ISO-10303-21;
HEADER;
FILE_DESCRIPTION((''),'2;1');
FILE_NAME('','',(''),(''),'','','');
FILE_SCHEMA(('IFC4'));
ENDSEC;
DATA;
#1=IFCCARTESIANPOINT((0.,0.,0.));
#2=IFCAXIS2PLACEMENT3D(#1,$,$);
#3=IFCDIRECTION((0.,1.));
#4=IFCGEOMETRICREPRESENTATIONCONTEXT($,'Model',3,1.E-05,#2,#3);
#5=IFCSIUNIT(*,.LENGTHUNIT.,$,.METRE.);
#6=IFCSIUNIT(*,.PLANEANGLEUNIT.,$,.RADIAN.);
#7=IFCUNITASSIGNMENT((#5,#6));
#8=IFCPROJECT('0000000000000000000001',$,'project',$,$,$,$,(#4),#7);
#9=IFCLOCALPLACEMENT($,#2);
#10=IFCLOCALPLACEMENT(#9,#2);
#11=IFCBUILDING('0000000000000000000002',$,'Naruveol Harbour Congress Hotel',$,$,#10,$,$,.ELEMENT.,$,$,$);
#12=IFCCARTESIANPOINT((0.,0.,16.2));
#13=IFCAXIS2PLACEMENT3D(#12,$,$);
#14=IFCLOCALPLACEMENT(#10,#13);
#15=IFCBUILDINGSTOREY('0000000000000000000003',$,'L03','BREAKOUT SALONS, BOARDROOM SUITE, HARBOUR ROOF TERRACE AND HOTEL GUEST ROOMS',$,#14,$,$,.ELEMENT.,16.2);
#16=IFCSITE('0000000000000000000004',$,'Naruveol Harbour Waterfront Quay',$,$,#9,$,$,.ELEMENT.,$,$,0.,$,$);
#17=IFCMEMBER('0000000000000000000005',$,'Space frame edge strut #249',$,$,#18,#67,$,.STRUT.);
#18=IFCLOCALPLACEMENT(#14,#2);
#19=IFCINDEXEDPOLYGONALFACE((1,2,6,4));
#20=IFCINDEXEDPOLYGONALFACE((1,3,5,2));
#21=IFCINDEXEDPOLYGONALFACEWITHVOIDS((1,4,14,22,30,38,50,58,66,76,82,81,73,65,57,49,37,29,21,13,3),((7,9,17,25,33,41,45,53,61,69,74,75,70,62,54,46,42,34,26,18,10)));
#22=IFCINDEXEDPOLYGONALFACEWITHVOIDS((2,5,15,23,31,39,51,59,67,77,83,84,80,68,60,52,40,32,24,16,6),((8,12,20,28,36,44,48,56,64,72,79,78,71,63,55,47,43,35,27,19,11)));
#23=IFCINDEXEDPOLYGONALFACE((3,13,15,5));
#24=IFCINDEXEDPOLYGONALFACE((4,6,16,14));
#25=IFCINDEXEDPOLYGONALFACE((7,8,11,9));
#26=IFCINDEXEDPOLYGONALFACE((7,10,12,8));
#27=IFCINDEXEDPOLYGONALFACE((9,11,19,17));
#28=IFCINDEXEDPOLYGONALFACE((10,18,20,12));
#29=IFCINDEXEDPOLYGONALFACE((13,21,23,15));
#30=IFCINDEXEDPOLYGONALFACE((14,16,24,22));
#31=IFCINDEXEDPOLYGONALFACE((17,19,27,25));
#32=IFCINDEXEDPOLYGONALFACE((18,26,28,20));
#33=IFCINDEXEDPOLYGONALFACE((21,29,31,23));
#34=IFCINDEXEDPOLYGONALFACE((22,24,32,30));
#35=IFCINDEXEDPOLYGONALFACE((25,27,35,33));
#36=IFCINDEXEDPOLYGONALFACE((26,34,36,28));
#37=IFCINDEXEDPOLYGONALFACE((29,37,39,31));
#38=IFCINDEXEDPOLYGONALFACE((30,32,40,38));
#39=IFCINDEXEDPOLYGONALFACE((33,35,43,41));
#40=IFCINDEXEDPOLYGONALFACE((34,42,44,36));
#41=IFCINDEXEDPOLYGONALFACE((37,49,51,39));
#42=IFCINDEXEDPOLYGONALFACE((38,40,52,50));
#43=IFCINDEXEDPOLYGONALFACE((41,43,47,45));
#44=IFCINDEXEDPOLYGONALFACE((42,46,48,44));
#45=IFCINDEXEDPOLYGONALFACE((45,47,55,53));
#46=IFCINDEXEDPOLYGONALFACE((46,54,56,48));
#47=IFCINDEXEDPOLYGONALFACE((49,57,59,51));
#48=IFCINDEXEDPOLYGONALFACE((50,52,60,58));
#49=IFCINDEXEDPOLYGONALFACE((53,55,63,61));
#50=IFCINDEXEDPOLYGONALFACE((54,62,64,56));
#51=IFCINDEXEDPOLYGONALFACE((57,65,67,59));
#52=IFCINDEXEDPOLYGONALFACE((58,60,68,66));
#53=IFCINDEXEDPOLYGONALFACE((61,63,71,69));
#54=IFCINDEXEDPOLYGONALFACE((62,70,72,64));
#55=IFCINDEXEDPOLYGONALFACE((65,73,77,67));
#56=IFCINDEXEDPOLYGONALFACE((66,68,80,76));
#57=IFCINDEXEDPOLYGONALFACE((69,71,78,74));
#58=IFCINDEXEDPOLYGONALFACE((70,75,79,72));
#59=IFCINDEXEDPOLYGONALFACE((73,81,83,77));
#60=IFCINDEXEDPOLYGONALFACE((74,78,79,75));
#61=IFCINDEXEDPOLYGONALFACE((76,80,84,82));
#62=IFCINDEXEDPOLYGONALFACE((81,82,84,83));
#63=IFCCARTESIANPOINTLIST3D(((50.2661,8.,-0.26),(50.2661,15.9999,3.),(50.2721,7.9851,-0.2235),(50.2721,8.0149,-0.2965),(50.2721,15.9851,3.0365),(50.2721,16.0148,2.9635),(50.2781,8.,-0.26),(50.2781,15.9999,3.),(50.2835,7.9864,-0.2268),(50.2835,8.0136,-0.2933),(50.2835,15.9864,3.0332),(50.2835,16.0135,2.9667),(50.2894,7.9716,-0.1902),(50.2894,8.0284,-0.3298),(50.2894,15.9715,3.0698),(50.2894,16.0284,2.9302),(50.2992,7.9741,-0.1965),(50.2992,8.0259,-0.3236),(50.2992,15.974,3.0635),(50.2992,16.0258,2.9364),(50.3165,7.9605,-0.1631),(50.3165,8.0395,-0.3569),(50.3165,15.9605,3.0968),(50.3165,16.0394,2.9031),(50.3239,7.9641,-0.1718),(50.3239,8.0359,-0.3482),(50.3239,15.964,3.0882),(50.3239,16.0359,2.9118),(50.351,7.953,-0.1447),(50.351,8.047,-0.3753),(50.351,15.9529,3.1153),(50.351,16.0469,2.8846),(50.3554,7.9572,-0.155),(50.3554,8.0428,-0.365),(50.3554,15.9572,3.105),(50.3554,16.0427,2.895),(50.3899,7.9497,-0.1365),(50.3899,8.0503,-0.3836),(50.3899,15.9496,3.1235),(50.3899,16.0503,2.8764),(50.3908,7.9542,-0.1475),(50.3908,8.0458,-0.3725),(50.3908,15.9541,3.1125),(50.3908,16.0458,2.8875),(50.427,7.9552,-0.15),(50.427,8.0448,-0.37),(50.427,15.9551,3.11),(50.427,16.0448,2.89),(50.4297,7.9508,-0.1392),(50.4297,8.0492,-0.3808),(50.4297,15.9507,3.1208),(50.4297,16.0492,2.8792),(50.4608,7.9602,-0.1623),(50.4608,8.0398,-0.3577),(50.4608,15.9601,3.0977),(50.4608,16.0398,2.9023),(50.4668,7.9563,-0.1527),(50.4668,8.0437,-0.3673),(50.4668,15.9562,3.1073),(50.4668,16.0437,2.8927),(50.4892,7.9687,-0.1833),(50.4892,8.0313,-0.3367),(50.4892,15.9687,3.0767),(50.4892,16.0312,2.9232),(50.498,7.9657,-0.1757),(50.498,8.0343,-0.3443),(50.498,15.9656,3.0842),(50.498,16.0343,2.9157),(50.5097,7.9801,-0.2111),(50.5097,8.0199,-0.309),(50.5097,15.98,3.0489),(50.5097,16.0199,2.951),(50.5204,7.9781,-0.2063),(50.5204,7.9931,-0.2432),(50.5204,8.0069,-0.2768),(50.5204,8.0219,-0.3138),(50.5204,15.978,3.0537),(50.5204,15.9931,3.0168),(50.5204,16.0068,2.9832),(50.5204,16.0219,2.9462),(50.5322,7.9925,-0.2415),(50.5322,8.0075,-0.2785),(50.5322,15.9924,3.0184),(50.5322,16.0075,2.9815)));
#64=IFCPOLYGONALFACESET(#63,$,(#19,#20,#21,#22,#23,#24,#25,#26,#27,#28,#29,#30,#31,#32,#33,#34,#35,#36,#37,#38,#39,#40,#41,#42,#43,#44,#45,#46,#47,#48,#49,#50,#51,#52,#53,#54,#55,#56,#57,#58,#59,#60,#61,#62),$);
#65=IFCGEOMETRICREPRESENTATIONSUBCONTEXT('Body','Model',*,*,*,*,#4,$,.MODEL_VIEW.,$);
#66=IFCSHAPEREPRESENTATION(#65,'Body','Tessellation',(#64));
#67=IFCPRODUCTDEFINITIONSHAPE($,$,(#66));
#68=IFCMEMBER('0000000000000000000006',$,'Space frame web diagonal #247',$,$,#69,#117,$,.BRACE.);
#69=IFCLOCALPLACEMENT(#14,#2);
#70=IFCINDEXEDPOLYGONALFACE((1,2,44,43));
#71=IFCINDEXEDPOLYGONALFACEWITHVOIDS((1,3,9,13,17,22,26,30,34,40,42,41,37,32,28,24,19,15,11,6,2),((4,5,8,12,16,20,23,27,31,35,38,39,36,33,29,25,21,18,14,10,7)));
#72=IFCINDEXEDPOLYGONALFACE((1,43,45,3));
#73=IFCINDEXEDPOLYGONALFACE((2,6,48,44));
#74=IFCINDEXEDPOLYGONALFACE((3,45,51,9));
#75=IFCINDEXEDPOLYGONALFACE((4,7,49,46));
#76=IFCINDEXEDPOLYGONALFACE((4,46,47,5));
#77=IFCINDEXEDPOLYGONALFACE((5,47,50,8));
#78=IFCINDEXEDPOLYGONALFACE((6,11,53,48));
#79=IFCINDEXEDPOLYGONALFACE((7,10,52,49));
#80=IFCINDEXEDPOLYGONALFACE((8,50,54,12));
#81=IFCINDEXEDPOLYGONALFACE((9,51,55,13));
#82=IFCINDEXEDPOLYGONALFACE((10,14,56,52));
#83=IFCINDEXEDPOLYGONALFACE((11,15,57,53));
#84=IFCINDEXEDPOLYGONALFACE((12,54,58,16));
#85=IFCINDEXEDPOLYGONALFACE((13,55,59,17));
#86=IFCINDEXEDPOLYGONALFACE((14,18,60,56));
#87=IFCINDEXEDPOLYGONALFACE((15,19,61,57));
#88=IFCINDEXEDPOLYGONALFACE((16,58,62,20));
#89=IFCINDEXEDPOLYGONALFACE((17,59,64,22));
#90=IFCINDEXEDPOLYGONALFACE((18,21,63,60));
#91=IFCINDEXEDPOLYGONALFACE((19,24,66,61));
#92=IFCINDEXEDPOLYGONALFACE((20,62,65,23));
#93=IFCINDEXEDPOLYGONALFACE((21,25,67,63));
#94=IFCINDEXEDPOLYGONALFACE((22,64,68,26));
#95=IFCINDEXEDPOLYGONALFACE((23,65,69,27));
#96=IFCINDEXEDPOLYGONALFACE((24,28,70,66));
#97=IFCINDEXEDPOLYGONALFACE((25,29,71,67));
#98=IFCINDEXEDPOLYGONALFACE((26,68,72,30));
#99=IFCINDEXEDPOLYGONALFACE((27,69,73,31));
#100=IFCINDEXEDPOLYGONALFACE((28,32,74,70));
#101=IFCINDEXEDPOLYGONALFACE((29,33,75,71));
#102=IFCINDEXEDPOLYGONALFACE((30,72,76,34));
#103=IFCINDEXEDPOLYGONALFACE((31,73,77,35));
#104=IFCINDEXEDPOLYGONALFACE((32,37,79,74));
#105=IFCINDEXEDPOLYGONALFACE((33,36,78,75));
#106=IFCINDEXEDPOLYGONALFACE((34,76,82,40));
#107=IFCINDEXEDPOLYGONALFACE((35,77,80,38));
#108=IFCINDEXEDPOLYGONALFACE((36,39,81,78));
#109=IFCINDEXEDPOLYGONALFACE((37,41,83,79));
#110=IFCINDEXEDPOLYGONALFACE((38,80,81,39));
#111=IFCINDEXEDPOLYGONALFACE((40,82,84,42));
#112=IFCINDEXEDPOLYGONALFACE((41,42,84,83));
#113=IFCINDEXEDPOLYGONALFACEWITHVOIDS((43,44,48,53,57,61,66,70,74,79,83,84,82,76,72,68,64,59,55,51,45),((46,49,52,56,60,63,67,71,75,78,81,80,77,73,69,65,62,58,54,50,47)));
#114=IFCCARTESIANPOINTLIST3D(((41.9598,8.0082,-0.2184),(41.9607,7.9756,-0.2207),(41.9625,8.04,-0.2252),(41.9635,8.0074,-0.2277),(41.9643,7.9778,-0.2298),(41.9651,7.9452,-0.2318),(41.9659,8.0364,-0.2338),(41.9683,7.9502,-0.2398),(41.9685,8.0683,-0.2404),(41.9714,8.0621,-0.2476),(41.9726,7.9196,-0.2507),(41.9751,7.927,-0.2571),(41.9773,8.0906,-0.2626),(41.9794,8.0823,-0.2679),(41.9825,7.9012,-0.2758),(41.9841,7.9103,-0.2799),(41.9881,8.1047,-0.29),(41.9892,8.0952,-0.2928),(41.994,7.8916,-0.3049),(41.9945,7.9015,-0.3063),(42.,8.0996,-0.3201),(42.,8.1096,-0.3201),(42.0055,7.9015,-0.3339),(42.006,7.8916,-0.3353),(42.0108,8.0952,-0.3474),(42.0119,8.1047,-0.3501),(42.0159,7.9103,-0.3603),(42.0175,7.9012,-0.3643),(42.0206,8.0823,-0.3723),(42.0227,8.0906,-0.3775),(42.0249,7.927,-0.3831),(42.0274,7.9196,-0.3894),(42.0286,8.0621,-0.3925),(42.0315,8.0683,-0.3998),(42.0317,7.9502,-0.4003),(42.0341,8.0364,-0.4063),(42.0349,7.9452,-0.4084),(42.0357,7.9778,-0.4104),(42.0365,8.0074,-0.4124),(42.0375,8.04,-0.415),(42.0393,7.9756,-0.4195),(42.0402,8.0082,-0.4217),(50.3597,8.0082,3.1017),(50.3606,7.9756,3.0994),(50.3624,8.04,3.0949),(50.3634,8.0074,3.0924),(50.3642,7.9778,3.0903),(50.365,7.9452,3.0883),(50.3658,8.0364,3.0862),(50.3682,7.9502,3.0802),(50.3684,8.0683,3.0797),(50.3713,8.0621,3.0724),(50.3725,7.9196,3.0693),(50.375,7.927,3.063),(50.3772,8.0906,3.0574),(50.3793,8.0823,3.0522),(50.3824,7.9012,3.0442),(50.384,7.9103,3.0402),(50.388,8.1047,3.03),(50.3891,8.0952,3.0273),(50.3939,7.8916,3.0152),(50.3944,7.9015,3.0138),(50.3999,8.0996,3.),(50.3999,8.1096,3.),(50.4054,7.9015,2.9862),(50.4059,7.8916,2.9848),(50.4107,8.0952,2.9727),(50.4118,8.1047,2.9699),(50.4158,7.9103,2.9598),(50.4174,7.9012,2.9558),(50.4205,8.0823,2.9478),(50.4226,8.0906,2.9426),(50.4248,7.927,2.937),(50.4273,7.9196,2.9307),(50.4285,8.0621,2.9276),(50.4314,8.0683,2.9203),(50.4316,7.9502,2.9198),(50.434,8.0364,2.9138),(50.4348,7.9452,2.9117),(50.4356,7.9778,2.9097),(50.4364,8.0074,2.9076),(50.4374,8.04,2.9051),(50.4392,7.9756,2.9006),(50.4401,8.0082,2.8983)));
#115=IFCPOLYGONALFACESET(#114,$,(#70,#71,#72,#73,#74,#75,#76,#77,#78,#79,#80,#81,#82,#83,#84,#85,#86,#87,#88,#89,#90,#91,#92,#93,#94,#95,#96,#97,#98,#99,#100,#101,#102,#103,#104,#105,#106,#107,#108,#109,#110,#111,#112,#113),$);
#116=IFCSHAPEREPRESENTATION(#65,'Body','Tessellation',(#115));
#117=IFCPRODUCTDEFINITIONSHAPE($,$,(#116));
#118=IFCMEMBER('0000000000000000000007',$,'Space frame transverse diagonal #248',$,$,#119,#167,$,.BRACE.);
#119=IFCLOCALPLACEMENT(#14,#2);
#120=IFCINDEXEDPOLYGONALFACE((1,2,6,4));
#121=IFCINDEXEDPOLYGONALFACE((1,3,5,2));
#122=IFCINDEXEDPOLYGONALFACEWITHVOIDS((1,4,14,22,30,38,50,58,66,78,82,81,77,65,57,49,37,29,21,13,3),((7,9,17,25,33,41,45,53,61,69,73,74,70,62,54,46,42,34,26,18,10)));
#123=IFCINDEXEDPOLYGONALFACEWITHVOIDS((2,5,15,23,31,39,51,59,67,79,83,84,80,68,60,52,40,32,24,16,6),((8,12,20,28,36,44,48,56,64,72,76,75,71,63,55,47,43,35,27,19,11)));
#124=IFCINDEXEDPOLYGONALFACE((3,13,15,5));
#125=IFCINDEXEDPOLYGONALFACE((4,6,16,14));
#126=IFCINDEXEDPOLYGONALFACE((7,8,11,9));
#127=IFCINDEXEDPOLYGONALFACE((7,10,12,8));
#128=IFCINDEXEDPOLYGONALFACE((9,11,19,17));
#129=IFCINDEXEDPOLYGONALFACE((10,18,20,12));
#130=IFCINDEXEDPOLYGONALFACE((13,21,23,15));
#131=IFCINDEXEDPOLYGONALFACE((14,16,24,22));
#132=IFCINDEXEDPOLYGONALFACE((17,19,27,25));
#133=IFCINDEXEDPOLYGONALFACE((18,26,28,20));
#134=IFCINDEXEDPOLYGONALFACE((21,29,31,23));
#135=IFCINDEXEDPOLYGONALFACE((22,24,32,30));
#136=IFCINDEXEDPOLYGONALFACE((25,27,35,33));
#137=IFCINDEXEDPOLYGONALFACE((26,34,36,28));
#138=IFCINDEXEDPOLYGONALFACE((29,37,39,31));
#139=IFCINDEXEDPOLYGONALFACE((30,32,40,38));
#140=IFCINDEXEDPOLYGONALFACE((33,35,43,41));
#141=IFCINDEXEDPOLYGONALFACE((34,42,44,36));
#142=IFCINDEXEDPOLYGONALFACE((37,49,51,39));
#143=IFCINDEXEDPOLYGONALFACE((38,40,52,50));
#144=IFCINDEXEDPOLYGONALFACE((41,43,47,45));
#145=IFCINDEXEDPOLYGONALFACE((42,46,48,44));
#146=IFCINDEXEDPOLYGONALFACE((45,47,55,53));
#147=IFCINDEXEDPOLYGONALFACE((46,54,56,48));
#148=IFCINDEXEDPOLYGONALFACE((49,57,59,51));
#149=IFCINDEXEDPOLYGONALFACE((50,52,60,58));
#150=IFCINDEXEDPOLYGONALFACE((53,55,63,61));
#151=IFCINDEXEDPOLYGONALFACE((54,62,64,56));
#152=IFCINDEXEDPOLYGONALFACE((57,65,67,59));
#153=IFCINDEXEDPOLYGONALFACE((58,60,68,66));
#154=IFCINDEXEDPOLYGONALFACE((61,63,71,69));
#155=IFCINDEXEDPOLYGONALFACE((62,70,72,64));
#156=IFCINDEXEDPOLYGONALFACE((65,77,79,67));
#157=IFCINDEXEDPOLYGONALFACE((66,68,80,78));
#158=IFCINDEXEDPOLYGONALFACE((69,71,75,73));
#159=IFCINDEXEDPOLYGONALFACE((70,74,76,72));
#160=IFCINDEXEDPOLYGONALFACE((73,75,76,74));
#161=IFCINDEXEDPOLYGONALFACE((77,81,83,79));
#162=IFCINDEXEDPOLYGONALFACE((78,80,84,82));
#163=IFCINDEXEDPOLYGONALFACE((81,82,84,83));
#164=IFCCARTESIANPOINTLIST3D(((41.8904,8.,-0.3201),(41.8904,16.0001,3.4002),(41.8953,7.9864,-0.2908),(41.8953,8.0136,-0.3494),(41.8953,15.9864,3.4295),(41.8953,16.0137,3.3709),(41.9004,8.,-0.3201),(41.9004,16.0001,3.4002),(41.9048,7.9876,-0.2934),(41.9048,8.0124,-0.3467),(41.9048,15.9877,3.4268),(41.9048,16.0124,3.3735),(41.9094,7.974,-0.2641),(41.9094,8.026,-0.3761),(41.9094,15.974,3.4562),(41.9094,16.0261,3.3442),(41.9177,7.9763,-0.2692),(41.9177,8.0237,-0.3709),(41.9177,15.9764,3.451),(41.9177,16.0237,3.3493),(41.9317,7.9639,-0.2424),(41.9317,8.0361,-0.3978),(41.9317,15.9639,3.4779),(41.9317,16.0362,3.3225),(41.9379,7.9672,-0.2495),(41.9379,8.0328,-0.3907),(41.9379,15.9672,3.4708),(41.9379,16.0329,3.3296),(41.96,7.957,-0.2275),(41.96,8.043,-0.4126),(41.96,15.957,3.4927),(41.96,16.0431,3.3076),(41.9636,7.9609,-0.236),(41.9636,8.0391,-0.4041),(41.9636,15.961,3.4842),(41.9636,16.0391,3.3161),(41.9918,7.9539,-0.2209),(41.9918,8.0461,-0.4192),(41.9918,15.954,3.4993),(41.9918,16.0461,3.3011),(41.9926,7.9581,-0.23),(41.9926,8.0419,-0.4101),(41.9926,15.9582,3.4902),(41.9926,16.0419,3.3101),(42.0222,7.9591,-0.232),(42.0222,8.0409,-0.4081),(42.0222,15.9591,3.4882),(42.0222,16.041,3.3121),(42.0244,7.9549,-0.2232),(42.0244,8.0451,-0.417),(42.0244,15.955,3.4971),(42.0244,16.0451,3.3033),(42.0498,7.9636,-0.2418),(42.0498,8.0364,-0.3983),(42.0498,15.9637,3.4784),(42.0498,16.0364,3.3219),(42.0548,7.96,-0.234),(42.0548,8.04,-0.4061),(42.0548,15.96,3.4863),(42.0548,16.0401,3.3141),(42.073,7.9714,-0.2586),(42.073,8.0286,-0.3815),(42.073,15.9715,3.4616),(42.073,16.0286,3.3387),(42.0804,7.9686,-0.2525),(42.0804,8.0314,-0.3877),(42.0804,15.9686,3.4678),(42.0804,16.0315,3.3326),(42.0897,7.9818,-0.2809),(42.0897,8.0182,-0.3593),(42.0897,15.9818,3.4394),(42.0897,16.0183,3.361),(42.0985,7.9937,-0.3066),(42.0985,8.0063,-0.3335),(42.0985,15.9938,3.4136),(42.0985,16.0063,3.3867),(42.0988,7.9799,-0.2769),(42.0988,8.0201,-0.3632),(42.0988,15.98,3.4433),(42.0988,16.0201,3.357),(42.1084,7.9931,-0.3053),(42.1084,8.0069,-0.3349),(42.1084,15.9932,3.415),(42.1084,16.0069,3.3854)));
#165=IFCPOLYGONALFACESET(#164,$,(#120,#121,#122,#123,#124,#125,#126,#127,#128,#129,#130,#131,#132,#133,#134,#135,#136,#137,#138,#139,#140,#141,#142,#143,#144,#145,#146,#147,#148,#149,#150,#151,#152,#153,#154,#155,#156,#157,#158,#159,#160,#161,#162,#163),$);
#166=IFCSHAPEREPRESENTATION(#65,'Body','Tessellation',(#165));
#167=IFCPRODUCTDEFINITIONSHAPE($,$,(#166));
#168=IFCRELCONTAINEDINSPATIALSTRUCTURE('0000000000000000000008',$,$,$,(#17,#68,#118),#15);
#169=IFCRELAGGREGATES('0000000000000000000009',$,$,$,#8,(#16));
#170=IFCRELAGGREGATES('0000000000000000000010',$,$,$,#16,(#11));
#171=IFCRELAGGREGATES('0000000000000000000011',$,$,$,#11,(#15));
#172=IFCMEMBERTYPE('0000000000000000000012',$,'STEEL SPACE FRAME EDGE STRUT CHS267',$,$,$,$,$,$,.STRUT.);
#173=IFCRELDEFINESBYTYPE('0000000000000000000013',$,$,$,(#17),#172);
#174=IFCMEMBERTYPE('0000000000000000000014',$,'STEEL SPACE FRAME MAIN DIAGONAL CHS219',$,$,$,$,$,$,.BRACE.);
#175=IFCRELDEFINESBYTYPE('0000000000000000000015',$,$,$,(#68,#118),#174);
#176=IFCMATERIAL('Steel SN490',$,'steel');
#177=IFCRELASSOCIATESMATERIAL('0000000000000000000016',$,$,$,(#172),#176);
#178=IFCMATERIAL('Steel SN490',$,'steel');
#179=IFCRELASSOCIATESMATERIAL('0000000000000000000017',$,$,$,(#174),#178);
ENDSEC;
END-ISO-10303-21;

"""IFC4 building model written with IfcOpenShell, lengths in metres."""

from ifc_helpers import new_model, si_unit, direction, frame, origin, origin_2d, place, context, subcontext, project, spatial, hollow_circle, extrude, material, material_profile, profile_set, type_object, element, save


model = new_model("IFC4")

# Units and contexts
model_context = context("Model", 3, precision=1e-05, world=origin(), true_north=direction((0.0, 1.0)))
body_context = subcontext(model_context, "Body", "Model", "MODEL_VIEW")
ifc_project = project(units=[si_unit("LENGTHUNIT", "METRE"), si_unit("PLANEANGLEUNIT", "RADIAN")], contexts=[model_context])

# Site, building, storey
site_placement = place(None, origin())
site = spatial("IfcSite", under=ifc_project, at=site_placement, Name="Naruveol Harbour Waterfront Quay", CompositionType="ELEMENT", RefElevation=0.0)
building_placement = place(site_placement, origin())
building = spatial("IfcBuilding", under=site, at=building_placement, Name="Naruveol Harbour Congress Hotel", CompositionType="ELEMENT")
storey_placement = place(building_placement, frame((0.0, 0.0, 16.2)))
storey = spatial("IfcBuildingStorey", under=building, at=storey_placement, Name="L03", Description="BREAKOUT SALONS, BOARDROOM SUITE, HARBOUR ROOF TERRACE AND HOTEL GUEST ROOMS", CompositionType="ELEMENT", Elevation=16.2)

# Members
ifc_material_1 = material(Name="Steel SN490", Category="steel")
ifc_material_profile_1 = material_profile(ifc_material_1, hollow_circle(Radius=0.1338, WallThickness=0.012, at=origin_2d()), Name="CHS-267.4x12")
ifc_profile_set_1 = profile_set([ifc_material_profile_1], Name="Steel SN490")
member_type_1 = type_object("IfcMemberType", Name="STEEL SPACE FRAME EDGE STRUT CHS267", PredefinedType="STRUT", material=ifc_profile_set_1)
for number, where, z_axis, x_axis, name in (
    (1, (50.3999, 8.0, -0.26), (0.0, 0.926062, 0.377371), (-1.0, 0.0, 0.0), "Space frame edge strut #249"),
):
    element("IfcMember", number, at=place(storey_placement, frame(where, z_axis=z_axis, x_axis=x_axis)), inside=storey, type_object=member_type_1, Name=name, PredefinedType="STRUT", context=body_context, shape_type="SweptSolid", body=[
        extrude(hollow_circle(Radius=0.1338, WallThickness=0.012, at=origin_2d()), origin(), (0.0, 0.0, 1.0), 8.6387),
    ])
ifc_material_2 = material(Name="Steel SN490", Category="steel")
ifc_material_profile_2 = material_profile(ifc_material_2, hollow_circle(Radius=0.1096, WallThickness=0.01, at=origin_2d()), Name="CHS-219.1x10")
ifc_profile_set_2 = profile_set([ifc_material_profile_2], Name="Steel SN490")
member_type_2 = type_object("IfcMemberType", Name="STEEL SPACE FRAME MAIN DIAGONAL CHS219", PredefinedType="BRACE", material=ifc_profile_set_2)
member_1_placement = place(storey_placement, frame((42.0, 8.0, -0.3201), z_axis=(0.929992, 0.0, 0.36758), x_axis=(0.0, 1.0, 0.0)))
element("IfcMember", 2, at=member_1_placement, inside=storey, type_object=member_type_2, Name="Space frame web diagonal #247", PredefinedType="BRACE", context=body_context, shape_type="SweptSolid", body=[
    extrude(hollow_circle(Radius=0.1096, WallThickness=0.01, at=origin_2d()), origin(), (0.0, 0.0, 1.0), 9.0322),
])
member_2_placement = place(storey_placement, frame((42.0, 8.0, -0.3201), z_axis=(0.0, 0.906752, 0.421664), x_axis=(-1.0, 0.0, 0.0)))
element("IfcMember", 3, at=member_2_placement, inside=storey, type_object=member_type_2, Name="Space frame transverse diagonal #248", PredefinedType="BRACE", context=body_context, shape_type="SweptSolid", body=[
    extrude(hollow_circle(Radius=0.1096, WallThickness=0.01, at=origin_2d()), origin(), (0.0, 0.0, 1.0), 8.8228),
])

save(model, "model.ifc")
